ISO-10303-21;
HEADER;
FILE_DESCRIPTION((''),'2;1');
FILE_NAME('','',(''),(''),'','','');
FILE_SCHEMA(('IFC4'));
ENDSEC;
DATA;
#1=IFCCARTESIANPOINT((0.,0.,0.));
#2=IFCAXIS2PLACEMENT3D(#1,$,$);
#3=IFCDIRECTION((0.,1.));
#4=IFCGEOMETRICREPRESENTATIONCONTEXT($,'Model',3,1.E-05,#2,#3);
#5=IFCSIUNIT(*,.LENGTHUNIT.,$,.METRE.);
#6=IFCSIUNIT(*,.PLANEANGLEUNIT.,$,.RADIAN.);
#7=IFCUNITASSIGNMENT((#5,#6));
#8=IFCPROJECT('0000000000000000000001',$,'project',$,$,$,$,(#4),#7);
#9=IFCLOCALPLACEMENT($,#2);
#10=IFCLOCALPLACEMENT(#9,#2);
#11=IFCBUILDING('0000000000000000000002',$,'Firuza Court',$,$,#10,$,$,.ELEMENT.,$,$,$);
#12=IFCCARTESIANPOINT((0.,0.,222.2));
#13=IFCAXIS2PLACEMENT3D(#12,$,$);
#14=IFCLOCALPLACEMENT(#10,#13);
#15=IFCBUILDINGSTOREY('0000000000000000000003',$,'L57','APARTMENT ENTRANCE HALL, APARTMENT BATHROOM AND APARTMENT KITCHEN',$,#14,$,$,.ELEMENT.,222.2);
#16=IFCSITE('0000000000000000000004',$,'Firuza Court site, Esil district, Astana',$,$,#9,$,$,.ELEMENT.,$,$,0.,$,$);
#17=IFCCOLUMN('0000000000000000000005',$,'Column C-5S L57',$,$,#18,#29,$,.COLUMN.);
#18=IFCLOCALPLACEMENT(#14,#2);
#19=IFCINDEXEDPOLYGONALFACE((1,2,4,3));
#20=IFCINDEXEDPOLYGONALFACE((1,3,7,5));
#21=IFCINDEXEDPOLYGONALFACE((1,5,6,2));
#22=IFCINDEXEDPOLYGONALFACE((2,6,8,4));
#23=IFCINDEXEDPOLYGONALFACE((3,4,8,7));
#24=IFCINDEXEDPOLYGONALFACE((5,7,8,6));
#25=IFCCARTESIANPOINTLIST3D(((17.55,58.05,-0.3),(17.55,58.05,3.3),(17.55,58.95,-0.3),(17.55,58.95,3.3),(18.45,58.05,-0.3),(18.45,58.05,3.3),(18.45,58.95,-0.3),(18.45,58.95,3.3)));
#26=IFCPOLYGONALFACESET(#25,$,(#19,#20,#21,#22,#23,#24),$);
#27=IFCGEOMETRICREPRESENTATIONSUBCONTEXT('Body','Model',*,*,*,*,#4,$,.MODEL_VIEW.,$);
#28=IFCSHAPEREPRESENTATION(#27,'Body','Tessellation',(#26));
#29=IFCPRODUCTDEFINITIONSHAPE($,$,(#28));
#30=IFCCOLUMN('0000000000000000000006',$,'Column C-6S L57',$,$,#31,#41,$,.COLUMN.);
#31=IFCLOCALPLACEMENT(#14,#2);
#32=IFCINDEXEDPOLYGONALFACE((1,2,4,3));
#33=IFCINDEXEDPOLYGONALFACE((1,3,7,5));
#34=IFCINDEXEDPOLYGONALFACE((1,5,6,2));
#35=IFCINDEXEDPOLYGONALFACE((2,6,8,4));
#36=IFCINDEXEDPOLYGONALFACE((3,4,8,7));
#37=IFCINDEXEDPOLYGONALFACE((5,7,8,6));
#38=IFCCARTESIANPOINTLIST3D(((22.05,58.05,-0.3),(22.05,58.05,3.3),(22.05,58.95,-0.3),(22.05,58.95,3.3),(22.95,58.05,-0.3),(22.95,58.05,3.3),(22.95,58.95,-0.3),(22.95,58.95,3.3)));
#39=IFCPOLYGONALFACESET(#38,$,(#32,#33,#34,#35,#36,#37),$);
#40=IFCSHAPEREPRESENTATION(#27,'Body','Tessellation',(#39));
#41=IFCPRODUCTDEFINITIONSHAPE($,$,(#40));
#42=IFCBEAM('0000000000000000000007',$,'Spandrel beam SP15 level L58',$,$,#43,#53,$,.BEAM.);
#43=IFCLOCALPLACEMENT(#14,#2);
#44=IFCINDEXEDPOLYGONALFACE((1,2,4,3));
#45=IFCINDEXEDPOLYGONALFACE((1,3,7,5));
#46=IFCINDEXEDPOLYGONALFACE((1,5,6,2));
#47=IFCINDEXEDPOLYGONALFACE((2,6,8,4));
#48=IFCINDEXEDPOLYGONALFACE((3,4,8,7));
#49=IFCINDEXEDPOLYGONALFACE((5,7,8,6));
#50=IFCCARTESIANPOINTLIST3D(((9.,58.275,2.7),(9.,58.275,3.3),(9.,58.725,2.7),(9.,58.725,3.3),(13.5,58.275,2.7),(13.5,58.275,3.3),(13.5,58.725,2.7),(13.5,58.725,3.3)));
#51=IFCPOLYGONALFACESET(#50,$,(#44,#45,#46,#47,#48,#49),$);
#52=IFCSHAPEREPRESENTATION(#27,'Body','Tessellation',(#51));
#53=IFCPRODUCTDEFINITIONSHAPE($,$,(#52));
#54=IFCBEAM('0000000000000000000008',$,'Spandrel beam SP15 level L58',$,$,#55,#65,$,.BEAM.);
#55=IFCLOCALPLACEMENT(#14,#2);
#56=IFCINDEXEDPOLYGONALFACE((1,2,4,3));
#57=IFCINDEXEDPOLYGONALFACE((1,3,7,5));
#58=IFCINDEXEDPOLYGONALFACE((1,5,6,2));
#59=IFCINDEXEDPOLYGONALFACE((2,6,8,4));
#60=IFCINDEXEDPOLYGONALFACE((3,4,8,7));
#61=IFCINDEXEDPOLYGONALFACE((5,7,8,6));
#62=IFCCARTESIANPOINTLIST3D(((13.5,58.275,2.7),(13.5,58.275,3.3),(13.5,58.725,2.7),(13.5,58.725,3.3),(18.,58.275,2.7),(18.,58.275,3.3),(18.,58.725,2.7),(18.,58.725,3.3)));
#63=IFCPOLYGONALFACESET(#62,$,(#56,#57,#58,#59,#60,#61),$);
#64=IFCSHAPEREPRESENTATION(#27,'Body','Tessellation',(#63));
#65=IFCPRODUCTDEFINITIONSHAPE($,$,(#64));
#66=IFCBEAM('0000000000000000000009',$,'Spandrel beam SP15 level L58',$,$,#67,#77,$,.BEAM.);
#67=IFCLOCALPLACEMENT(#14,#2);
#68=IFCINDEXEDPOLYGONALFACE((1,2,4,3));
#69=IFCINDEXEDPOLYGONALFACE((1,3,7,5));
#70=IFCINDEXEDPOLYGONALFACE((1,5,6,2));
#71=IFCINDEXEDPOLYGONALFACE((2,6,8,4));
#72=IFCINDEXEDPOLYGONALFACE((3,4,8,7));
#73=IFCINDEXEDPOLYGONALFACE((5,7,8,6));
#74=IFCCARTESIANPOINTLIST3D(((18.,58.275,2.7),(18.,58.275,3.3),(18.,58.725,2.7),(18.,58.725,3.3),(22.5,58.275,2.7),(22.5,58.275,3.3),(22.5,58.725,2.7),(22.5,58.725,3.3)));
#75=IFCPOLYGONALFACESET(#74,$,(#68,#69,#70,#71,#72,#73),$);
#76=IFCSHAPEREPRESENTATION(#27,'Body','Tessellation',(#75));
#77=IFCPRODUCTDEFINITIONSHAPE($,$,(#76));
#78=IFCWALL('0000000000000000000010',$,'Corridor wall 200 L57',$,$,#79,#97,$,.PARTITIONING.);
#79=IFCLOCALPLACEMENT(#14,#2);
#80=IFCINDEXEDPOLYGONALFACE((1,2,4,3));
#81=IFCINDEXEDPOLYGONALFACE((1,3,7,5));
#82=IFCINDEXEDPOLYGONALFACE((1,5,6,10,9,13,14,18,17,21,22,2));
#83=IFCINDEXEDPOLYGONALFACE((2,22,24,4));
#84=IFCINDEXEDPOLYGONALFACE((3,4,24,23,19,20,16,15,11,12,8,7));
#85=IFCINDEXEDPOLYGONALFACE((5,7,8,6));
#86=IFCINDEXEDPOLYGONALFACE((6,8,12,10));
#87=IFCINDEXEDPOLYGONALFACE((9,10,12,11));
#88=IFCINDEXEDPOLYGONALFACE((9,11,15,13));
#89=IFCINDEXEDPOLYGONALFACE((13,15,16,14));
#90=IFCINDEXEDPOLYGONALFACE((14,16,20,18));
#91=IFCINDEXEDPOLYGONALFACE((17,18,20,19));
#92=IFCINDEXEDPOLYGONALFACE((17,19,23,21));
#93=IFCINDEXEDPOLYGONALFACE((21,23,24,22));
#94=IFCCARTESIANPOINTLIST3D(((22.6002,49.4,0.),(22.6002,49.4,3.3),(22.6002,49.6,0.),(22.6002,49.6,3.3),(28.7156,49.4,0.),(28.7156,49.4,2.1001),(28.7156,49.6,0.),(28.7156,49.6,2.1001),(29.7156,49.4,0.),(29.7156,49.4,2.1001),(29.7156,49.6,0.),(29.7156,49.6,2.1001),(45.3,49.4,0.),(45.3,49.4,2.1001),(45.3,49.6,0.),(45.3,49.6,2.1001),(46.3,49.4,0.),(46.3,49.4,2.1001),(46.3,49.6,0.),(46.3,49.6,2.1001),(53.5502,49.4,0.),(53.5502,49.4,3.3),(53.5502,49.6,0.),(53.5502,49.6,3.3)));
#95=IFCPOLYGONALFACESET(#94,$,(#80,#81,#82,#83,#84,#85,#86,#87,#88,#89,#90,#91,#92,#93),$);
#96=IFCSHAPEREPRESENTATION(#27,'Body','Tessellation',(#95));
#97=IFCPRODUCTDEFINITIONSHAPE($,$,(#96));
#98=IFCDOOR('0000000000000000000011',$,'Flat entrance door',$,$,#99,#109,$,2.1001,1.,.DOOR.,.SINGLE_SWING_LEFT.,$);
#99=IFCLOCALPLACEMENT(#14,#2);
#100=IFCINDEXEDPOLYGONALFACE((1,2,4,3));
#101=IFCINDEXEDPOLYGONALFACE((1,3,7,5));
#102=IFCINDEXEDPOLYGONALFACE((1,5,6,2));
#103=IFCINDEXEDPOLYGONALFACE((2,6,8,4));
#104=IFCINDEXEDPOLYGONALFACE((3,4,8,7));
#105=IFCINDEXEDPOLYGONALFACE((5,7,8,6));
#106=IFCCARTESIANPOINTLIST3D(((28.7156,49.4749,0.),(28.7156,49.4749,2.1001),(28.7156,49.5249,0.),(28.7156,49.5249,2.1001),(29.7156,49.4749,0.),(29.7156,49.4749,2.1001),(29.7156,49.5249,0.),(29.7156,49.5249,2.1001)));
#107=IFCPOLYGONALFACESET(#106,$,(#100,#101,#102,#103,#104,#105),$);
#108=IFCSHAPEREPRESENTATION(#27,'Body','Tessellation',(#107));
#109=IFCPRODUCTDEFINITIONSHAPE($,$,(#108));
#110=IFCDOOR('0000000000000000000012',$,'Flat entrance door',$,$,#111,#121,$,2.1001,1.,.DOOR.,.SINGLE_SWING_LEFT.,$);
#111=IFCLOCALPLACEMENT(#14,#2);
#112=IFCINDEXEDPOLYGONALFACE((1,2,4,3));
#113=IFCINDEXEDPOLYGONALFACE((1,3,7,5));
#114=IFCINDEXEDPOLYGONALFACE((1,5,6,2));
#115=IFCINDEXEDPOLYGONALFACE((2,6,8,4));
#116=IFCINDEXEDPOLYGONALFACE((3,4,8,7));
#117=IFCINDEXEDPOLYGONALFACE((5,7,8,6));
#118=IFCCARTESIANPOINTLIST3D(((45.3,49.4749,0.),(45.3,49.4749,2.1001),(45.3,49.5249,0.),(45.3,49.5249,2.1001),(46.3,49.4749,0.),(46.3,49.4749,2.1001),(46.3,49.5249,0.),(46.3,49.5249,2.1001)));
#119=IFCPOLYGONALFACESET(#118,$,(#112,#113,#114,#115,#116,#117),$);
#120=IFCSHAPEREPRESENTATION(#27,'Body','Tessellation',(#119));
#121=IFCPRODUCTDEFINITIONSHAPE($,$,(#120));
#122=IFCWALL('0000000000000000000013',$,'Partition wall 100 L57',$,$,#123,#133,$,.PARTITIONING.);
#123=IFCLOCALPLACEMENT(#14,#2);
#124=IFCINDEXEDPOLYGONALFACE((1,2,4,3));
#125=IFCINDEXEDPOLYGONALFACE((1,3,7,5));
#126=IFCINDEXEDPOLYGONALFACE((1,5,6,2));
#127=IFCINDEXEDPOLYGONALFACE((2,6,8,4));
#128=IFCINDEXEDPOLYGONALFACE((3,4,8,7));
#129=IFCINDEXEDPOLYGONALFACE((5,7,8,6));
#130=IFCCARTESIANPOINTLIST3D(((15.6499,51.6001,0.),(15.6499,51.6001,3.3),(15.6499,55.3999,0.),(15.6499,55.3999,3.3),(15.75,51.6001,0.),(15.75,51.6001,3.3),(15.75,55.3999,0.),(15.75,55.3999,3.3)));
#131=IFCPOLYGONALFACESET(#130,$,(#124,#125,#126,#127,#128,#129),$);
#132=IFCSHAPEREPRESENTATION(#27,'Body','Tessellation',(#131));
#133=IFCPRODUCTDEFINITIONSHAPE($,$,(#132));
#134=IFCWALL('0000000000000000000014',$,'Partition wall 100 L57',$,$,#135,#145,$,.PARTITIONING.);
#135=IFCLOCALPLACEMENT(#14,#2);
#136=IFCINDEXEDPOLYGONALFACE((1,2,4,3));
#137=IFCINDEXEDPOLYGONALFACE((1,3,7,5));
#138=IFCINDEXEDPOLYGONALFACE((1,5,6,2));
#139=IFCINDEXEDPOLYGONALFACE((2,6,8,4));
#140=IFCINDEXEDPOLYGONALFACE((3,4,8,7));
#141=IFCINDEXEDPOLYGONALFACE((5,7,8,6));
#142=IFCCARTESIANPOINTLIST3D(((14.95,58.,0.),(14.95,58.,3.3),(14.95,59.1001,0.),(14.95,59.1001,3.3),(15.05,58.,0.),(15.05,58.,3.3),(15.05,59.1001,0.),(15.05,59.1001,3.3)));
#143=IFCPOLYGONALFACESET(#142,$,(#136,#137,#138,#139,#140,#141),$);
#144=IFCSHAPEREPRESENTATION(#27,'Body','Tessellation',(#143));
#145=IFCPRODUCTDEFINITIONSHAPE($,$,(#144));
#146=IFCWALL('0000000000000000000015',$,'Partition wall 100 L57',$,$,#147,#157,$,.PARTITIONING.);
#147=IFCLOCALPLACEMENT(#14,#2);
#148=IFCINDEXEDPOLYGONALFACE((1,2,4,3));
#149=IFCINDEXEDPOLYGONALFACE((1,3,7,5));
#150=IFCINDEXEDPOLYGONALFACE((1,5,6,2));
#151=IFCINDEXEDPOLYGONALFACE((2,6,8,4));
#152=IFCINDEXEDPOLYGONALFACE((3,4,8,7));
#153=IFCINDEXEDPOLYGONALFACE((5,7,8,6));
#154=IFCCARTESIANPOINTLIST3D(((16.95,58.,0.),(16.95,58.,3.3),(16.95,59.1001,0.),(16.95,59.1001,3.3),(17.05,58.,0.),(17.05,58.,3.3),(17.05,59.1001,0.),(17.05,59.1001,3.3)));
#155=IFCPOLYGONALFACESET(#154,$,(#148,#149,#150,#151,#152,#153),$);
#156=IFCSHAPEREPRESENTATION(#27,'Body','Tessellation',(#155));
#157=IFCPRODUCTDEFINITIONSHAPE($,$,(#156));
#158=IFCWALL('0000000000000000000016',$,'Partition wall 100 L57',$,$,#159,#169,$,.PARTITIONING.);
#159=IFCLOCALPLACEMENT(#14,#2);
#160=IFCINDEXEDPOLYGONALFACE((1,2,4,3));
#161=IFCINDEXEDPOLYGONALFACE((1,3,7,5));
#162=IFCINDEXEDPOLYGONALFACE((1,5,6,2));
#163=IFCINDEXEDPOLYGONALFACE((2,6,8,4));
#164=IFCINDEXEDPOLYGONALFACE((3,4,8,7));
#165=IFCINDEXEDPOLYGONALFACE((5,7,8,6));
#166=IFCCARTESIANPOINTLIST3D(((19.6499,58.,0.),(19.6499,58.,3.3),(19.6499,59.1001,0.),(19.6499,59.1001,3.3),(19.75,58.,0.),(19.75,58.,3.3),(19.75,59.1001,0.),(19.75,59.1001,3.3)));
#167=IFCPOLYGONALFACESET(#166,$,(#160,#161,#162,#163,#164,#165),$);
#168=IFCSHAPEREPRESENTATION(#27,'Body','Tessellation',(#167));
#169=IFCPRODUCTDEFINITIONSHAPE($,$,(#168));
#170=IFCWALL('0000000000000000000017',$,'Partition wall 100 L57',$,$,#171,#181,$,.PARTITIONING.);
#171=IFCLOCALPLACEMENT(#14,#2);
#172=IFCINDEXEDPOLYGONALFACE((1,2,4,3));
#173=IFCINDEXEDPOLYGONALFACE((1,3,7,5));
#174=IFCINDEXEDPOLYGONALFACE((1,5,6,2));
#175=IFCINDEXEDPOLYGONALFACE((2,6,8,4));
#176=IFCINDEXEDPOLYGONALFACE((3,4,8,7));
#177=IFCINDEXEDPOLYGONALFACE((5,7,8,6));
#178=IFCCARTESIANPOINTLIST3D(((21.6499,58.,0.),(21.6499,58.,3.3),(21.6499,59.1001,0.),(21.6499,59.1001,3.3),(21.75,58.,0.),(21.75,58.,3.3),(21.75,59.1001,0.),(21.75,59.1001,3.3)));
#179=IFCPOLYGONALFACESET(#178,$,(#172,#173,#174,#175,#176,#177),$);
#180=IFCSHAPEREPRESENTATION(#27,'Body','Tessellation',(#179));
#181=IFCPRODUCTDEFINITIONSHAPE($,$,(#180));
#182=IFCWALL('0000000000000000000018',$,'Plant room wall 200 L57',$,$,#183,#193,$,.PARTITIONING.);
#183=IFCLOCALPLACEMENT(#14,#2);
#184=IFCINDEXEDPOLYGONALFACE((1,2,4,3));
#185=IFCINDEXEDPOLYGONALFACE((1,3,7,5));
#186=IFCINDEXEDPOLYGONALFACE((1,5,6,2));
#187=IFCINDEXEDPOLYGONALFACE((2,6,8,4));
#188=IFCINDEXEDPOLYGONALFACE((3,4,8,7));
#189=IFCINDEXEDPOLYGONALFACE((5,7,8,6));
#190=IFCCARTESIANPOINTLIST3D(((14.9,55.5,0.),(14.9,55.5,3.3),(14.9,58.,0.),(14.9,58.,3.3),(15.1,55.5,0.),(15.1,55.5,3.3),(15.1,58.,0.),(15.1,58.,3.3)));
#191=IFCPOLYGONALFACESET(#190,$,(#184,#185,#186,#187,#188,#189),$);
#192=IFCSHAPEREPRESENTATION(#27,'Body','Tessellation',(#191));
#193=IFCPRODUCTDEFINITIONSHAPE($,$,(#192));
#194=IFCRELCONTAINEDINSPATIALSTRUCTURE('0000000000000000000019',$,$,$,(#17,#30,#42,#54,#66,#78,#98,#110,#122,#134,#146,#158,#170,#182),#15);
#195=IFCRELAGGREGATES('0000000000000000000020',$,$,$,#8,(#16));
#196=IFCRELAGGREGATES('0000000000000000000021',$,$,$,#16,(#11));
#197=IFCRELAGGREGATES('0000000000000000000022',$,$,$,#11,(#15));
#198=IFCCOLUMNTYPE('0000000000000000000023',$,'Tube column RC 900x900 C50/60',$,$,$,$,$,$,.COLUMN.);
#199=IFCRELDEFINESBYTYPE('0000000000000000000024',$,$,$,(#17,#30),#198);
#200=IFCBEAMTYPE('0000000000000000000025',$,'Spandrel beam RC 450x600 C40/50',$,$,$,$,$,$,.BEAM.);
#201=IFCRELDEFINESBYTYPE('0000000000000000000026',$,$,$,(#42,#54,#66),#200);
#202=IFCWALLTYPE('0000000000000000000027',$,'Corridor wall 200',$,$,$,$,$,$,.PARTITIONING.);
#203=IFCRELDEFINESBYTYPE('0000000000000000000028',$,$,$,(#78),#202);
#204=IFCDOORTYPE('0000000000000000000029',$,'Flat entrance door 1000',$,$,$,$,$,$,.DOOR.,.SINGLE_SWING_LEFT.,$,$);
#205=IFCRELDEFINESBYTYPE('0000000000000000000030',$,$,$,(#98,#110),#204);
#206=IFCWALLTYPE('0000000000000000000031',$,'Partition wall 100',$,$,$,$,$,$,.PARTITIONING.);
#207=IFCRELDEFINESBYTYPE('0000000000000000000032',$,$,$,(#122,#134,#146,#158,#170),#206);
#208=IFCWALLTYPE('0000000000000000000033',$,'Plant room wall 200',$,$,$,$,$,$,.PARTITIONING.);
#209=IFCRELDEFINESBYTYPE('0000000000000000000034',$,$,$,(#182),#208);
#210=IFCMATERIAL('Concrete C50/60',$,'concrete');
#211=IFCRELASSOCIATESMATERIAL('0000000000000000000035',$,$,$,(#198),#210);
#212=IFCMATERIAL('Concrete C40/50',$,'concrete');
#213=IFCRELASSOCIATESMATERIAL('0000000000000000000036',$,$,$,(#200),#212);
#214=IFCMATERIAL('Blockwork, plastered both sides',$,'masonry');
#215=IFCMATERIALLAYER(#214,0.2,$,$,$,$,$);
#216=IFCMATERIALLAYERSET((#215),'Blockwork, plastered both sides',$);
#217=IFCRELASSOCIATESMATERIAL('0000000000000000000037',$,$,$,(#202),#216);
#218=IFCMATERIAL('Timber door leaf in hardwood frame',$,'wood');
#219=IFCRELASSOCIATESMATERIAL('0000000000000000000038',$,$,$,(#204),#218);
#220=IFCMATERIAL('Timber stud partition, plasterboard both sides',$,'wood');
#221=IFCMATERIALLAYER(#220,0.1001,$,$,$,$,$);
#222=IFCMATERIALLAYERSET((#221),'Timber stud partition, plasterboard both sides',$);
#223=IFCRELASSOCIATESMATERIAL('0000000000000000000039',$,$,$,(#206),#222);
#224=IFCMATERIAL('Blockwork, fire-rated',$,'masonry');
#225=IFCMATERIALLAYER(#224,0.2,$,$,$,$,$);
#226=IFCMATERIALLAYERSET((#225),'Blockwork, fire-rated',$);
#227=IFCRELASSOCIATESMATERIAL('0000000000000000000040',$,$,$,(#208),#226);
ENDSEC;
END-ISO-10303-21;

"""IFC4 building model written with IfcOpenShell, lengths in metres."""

from ifc_helpers import new_model, si_unit, direction, frame, frame_2d, origin, origin_2d, place, context, subcontext, project, spatial, rectangle, extrude, material, layer, layer_set, material_profile, profile_set, type_object, element, fill, save


model = new_model("IFC4")

# Units and contexts
model_context = context("Model", 3, precision=1e-05, world=origin(), true_north=direction((0.0, 1.0)))
body_context = subcontext(model_context, "Body", "Model", "MODEL_VIEW")
ifc_project = project(units=[si_unit("LENGTHUNIT", "METRE"), si_unit("PLANEANGLEUNIT", "RADIAN")], contexts=[model_context])

# Site, building, storey
site_placement = place(None, origin())
site = spatial("IfcSite", under=ifc_project, at=site_placement, Name="Firuza Court site, Esil district, Astana", CompositionType="ELEMENT", RefElevation=0.0)
building_placement = place(site_placement, origin())
building = spatial("IfcBuilding", under=site, at=building_placement, Name="Firuza Court", CompositionType="ELEMENT")
storey_placement = place(building_placement, frame((0.0, 0.0, 222.2)))
storey = spatial("IfcBuildingStorey", under=building, at=storey_placement, Name="L57", Description="APARTMENT ENTRANCE HALL, APARTMENT BATHROOM AND APARTMENT KITCHEN", CompositionType="ELEMENT", Elevation=222.2)

# Columns
ifc_material_1 = material(Name="Concrete C50/60", Category="concrete")
ifc_material_profile_1 = material_profile(ifc_material_1, rectangle(XDim=0.8999, YDim=0.8999, at=origin_2d()), Name="RC 900x900")
ifc_profile_set_1 = profile_set([ifc_material_profile_1], Name="Concrete C50/60")
column_type = type_object("IfcColumnType", Name="Tube column RC 900x900 C50/60", PredefinedType="COLUMN", material=ifc_profile_set_1)
for number, where, z_axis, x_axis, name in (
    (1, (18.0, 58.5, -0.3), (0.0, 0.0, 1.0), (1.0, 0.0, 0.0), "Column C-5S L57"),
    (2, (22.5, 58.5, -0.3), (0.0, 0.0, 1.0), (1.0, 0.0, 0.0), "Column C-6S L57"),
):
    element("IfcColumn", number, at=place(storey_placement, frame(where, z_axis=z_axis, x_axis=x_axis)), inside=storey, type_object=column_type, Name=name, PredefinedType="COLUMN", context=body_context, shape_type="SweptSolid", body=[
        extrude(rectangle(XDim=0.8999, YDim=0.8999, at=origin_2d()), origin(), (0.0, 0.0, 1.0), 3.6001),
    ])

# Beams
ifc_material_2 = material(Name="Concrete C40/50", Category="concrete")
ifc_material_profile_2 = material_profile(ifc_material_2, rectangle(XDim=0.45, YDim=0.6001, at=origin_2d()), Name="RC 450x600")
ifc_profile_set_2 = profile_set([ifc_material_profile_2], Name="Concrete C40/50")
beam_type = type_object("IfcBeamType", Name="Spandrel beam RC 450x600 C40/50", PredefinedType="BEAM", material=ifc_profile_set_2)
for number, where, z_axis, x_axis, name in (
    (3, (13.5, 58.5, 3.0), (-1.0, 0.0, 0.0), (0.0, -1.0, 0.0), "Spandrel beam SP15 level L58"),
    (4, (18.0, 58.5, 3.0), (-1.0, 0.0, 0.0), (0.0, -1.0, 0.0), "Spandrel beam SP15 level L58"),
    (5, (22.5, 58.5, 3.0), (-1.0, 0.0, 0.0), (0.0, -1.0, 0.0), "Spandrel beam SP15 level L58"),
):
    element("IfcBeam", number, at=place(storey_placement, frame(where, z_axis=z_axis, x_axis=x_axis)), inside=storey, type_object=beam_type, Name=name, PredefinedType="BEAM", context=body_context, shape_type="SweptSolid", body=[
        extrude(rectangle(XDim=0.45, YDim=0.6001, at=origin_2d()), origin(), (0.0, 0.0, 1.0), 4.5),
    ])

# Wall, openings, doors
ifc_material_3 = material(Name="Blockwork, plastered both sides", Category="masonry")
ifc_layer_1 = layer(ifc_material_3, 0.2)
ifc_layer_set_1 = layer_set([ifc_layer_1], Name="Blockwork, plastered both sides")
wall_type_1 = type_object("IfcWallType", Name="Corridor wall 200", PredefinedType="PARTITIONING", material=ifc_layer_set_1)
wall_1_placement = place(storey_placement, frame((22.6001, 49.5, 0.0), z_axis=(0.0, 0.0, 1.0), x_axis=(1.0, 0.0, 0.0)))
wall_1 = element("IfcWall", 6, at=wall_1_placement, inside=storey, type_object=wall_type_1, Name="Corridor wall 200 L57", PredefinedType="PARTITIONING", context=body_context, shape_type="SweptSolid", body=[
    extrude(rectangle(XDim=30.95, YDim=0.2, at=frame_2d((15.4751, 0.0))), origin(), (0.0, 0.0, 1.0), 3.3),
])
opening_1_placement = place(wall_1_placement, frame((6.1155, 0.0, 0.0)))
opening_1 = element("IfcOpeningElement", 7, at=opening_1_placement, cuts=wall_1, PredefinedType="OPENING", context=body_context, shape_type="SweptSolid", body=[
    extrude(rectangle(XDim=1.0, YDim=2.1001, at=frame_2d((0.5, 1.05))), frame((0.0, 0.1118, 0.0), z_axis=(0.0, -1.0, 0.0), x_axis=(1.0, 0.0, 0.0)), (0.0, 0.0, 1.0), 0.2239),
])
opening_2_placement = place(wall_1_placement, frame((22.7, 0.0, 0.0)))
opening_2 = element("IfcOpeningElement", 8, at=opening_2_placement, cuts=wall_1, PredefinedType="OPENING", context=body_context, shape_type="SweptSolid", body=[
    extrude(rectangle(XDim=1.0, YDim=2.1001, at=frame_2d((0.5, 1.05))), frame((0.0, 0.1118, 0.0), z_axis=(0.0, -1.0, 0.0), x_axis=(1.0, 0.0, 0.0)), (0.0, 0.0, 1.0), 0.2239),
])
ifc_material_4 = material(Name="Timber door leaf in hardwood frame", Category="wood")
door_type_1 = type_object("IfcDoorType", Name="Flat entrance door 1000", OperationType="SINGLE_SWING_LEFT", PredefinedType="DOOR", material=ifc_material_4)
door_1_placement = place(opening_1_placement, origin())
door_1 = element("IfcDoor", 9, at=door_1_placement, inside=storey, type_object=door_type_1, Name="Flat entrance door", OperationType="SINGLE_SWING_LEFT", OverallHeight=2.1001, OverallWidth=1.0, PredefinedType="DOOR", context=body_context, shape_type="SweptSolid", body=[
    extrude(rectangle(XDim=1.0, YDim=2.1001, at=frame_2d((0.5, 1.05))), frame((0.0, 0.0249, 0.0), z_axis=(0.0, -1.0, 0.0), x_axis=(1.0, 0.0, 0.0)), (0.0, 0.0, 1.0), 0.05),
])
fill(opening_1, door_1)
door_2_placement = place(opening_2_placement, origin())
door_2 = element("IfcDoor", 10, at=door_2_placement, inside=storey, type_object=door_type_1, Name="Flat entrance door", OperationType="SINGLE_SWING_LEFT", OverallHeight=2.1001, OverallWidth=1.0, PredefinedType="DOOR", context=body_context, shape_type="SweptSolid", body=[
    extrude(rectangle(XDim=1.0, YDim=2.1001, at=frame_2d((0.5, 1.05))), frame((0.0, 0.0249, 0.0), z_axis=(0.0, -1.0, 0.0), x_axis=(1.0, 0.0, 0.0)), (0.0, 0.0, 1.0), 0.05),
])
fill(opening_2, door_2)

# Walls
ifc_material_5 = material(Name="Timber stud partition, plasterboard both sides", Category="wood")
ifc_layer_2 = layer(ifc_material_5, 0.1001)
ifc_layer_set_2 = layer_set([ifc_layer_2], Name="Timber stud partition, plasterboard both sides")
wall_type_2 = type_object("IfcWallType", Name="Partition wall 100", PredefinedType="PARTITIONING", material=ifc_layer_set_2)
wall_2_placement = place(storey_placement, frame((15.7, 51.6001, 0.0), z_axis=(0.0, 0.0, 1.0), x_axis=(0.0, 1.0, 0.0)))
element("IfcWall", 11, at=wall_2_placement, inside=storey, type_object=wall_type_2, Name="Partition wall 100 L57", PredefinedType="PARTITIONING", context=body_context, shape_type="SweptSolid", body=[
    extrude(rectangle(XDim=3.7998, YDim=0.1001, at=frame_2d((1.8999, 0.0))), origin(), (0.0, 0.0, 1.0), 3.3),
])
for number, where, z_axis, x_axis, name in (
    (12, (15.0, 58.0, 0.0), (0.0, 0.0, 1.0), (0.0, 1.0, 0.0), "Partition wall 100 L57"),
    (13, (17.0, 58.0, 0.0), (0.0, 0.0, 1.0), (0.0, 1.0, 0.0), "Partition wall 100 L57"),
    (14, (19.7, 58.0, 0.0), (0.0, 0.0, 1.0), (0.0, 1.0, 0.0), "Partition wall 100 L57"),
    (15, (21.7, 58.0, 0.0), (0.0, 0.0, 1.0), (0.0, 1.0, 0.0), "Partition wall 100 L57"),
):
    element("IfcWall", number, at=place(storey_placement, frame(where, z_axis=z_axis, x_axis=x_axis)), inside=storey, type_object=wall_type_2, Name=name, PredefinedType="PARTITIONING", context=body_context, shape_type="SweptSolid", body=[
        extrude(rectangle(XDim=1.1001, YDim=0.1001, at=frame_2d((0.55, 0.0))), origin(), (0.0, 0.0, 1.0), 3.3),
    ])
ifc_material_6 = material(Name="Blockwork, fire-rated", Category="masonry")
ifc_layer_3 = layer(ifc_material_6, 0.2)
ifc_layer_set_3 = layer_set([ifc_layer_3], Name="Blockwork, fire-rated")
wall_type_3 = type_object("IfcWallType", Name="Plant room wall 200", PredefinedType="PARTITIONING", material=ifc_layer_set_3)
wall_3_placement = place(storey_placement, frame((15.0, 55.5, 0.0), z_axis=(0.0, 0.0, 1.0), x_axis=(0.0, 1.0, 0.0)))
element("IfcWall", 16, at=wall_3_placement, inside=storey, type_object=wall_type_3, Name="Plant room wall 200 L57", PredefinedType="PARTITIONING", context=body_context, shape_type="SweptSolid", body=[
    extrude(rectangle(XDim=2.5, YDim=0.2, at=frame_2d((1.25, 0.0))), origin(), (0.0, 0.0, 1.0), 3.3),
])

save(model, "model.ifc")
